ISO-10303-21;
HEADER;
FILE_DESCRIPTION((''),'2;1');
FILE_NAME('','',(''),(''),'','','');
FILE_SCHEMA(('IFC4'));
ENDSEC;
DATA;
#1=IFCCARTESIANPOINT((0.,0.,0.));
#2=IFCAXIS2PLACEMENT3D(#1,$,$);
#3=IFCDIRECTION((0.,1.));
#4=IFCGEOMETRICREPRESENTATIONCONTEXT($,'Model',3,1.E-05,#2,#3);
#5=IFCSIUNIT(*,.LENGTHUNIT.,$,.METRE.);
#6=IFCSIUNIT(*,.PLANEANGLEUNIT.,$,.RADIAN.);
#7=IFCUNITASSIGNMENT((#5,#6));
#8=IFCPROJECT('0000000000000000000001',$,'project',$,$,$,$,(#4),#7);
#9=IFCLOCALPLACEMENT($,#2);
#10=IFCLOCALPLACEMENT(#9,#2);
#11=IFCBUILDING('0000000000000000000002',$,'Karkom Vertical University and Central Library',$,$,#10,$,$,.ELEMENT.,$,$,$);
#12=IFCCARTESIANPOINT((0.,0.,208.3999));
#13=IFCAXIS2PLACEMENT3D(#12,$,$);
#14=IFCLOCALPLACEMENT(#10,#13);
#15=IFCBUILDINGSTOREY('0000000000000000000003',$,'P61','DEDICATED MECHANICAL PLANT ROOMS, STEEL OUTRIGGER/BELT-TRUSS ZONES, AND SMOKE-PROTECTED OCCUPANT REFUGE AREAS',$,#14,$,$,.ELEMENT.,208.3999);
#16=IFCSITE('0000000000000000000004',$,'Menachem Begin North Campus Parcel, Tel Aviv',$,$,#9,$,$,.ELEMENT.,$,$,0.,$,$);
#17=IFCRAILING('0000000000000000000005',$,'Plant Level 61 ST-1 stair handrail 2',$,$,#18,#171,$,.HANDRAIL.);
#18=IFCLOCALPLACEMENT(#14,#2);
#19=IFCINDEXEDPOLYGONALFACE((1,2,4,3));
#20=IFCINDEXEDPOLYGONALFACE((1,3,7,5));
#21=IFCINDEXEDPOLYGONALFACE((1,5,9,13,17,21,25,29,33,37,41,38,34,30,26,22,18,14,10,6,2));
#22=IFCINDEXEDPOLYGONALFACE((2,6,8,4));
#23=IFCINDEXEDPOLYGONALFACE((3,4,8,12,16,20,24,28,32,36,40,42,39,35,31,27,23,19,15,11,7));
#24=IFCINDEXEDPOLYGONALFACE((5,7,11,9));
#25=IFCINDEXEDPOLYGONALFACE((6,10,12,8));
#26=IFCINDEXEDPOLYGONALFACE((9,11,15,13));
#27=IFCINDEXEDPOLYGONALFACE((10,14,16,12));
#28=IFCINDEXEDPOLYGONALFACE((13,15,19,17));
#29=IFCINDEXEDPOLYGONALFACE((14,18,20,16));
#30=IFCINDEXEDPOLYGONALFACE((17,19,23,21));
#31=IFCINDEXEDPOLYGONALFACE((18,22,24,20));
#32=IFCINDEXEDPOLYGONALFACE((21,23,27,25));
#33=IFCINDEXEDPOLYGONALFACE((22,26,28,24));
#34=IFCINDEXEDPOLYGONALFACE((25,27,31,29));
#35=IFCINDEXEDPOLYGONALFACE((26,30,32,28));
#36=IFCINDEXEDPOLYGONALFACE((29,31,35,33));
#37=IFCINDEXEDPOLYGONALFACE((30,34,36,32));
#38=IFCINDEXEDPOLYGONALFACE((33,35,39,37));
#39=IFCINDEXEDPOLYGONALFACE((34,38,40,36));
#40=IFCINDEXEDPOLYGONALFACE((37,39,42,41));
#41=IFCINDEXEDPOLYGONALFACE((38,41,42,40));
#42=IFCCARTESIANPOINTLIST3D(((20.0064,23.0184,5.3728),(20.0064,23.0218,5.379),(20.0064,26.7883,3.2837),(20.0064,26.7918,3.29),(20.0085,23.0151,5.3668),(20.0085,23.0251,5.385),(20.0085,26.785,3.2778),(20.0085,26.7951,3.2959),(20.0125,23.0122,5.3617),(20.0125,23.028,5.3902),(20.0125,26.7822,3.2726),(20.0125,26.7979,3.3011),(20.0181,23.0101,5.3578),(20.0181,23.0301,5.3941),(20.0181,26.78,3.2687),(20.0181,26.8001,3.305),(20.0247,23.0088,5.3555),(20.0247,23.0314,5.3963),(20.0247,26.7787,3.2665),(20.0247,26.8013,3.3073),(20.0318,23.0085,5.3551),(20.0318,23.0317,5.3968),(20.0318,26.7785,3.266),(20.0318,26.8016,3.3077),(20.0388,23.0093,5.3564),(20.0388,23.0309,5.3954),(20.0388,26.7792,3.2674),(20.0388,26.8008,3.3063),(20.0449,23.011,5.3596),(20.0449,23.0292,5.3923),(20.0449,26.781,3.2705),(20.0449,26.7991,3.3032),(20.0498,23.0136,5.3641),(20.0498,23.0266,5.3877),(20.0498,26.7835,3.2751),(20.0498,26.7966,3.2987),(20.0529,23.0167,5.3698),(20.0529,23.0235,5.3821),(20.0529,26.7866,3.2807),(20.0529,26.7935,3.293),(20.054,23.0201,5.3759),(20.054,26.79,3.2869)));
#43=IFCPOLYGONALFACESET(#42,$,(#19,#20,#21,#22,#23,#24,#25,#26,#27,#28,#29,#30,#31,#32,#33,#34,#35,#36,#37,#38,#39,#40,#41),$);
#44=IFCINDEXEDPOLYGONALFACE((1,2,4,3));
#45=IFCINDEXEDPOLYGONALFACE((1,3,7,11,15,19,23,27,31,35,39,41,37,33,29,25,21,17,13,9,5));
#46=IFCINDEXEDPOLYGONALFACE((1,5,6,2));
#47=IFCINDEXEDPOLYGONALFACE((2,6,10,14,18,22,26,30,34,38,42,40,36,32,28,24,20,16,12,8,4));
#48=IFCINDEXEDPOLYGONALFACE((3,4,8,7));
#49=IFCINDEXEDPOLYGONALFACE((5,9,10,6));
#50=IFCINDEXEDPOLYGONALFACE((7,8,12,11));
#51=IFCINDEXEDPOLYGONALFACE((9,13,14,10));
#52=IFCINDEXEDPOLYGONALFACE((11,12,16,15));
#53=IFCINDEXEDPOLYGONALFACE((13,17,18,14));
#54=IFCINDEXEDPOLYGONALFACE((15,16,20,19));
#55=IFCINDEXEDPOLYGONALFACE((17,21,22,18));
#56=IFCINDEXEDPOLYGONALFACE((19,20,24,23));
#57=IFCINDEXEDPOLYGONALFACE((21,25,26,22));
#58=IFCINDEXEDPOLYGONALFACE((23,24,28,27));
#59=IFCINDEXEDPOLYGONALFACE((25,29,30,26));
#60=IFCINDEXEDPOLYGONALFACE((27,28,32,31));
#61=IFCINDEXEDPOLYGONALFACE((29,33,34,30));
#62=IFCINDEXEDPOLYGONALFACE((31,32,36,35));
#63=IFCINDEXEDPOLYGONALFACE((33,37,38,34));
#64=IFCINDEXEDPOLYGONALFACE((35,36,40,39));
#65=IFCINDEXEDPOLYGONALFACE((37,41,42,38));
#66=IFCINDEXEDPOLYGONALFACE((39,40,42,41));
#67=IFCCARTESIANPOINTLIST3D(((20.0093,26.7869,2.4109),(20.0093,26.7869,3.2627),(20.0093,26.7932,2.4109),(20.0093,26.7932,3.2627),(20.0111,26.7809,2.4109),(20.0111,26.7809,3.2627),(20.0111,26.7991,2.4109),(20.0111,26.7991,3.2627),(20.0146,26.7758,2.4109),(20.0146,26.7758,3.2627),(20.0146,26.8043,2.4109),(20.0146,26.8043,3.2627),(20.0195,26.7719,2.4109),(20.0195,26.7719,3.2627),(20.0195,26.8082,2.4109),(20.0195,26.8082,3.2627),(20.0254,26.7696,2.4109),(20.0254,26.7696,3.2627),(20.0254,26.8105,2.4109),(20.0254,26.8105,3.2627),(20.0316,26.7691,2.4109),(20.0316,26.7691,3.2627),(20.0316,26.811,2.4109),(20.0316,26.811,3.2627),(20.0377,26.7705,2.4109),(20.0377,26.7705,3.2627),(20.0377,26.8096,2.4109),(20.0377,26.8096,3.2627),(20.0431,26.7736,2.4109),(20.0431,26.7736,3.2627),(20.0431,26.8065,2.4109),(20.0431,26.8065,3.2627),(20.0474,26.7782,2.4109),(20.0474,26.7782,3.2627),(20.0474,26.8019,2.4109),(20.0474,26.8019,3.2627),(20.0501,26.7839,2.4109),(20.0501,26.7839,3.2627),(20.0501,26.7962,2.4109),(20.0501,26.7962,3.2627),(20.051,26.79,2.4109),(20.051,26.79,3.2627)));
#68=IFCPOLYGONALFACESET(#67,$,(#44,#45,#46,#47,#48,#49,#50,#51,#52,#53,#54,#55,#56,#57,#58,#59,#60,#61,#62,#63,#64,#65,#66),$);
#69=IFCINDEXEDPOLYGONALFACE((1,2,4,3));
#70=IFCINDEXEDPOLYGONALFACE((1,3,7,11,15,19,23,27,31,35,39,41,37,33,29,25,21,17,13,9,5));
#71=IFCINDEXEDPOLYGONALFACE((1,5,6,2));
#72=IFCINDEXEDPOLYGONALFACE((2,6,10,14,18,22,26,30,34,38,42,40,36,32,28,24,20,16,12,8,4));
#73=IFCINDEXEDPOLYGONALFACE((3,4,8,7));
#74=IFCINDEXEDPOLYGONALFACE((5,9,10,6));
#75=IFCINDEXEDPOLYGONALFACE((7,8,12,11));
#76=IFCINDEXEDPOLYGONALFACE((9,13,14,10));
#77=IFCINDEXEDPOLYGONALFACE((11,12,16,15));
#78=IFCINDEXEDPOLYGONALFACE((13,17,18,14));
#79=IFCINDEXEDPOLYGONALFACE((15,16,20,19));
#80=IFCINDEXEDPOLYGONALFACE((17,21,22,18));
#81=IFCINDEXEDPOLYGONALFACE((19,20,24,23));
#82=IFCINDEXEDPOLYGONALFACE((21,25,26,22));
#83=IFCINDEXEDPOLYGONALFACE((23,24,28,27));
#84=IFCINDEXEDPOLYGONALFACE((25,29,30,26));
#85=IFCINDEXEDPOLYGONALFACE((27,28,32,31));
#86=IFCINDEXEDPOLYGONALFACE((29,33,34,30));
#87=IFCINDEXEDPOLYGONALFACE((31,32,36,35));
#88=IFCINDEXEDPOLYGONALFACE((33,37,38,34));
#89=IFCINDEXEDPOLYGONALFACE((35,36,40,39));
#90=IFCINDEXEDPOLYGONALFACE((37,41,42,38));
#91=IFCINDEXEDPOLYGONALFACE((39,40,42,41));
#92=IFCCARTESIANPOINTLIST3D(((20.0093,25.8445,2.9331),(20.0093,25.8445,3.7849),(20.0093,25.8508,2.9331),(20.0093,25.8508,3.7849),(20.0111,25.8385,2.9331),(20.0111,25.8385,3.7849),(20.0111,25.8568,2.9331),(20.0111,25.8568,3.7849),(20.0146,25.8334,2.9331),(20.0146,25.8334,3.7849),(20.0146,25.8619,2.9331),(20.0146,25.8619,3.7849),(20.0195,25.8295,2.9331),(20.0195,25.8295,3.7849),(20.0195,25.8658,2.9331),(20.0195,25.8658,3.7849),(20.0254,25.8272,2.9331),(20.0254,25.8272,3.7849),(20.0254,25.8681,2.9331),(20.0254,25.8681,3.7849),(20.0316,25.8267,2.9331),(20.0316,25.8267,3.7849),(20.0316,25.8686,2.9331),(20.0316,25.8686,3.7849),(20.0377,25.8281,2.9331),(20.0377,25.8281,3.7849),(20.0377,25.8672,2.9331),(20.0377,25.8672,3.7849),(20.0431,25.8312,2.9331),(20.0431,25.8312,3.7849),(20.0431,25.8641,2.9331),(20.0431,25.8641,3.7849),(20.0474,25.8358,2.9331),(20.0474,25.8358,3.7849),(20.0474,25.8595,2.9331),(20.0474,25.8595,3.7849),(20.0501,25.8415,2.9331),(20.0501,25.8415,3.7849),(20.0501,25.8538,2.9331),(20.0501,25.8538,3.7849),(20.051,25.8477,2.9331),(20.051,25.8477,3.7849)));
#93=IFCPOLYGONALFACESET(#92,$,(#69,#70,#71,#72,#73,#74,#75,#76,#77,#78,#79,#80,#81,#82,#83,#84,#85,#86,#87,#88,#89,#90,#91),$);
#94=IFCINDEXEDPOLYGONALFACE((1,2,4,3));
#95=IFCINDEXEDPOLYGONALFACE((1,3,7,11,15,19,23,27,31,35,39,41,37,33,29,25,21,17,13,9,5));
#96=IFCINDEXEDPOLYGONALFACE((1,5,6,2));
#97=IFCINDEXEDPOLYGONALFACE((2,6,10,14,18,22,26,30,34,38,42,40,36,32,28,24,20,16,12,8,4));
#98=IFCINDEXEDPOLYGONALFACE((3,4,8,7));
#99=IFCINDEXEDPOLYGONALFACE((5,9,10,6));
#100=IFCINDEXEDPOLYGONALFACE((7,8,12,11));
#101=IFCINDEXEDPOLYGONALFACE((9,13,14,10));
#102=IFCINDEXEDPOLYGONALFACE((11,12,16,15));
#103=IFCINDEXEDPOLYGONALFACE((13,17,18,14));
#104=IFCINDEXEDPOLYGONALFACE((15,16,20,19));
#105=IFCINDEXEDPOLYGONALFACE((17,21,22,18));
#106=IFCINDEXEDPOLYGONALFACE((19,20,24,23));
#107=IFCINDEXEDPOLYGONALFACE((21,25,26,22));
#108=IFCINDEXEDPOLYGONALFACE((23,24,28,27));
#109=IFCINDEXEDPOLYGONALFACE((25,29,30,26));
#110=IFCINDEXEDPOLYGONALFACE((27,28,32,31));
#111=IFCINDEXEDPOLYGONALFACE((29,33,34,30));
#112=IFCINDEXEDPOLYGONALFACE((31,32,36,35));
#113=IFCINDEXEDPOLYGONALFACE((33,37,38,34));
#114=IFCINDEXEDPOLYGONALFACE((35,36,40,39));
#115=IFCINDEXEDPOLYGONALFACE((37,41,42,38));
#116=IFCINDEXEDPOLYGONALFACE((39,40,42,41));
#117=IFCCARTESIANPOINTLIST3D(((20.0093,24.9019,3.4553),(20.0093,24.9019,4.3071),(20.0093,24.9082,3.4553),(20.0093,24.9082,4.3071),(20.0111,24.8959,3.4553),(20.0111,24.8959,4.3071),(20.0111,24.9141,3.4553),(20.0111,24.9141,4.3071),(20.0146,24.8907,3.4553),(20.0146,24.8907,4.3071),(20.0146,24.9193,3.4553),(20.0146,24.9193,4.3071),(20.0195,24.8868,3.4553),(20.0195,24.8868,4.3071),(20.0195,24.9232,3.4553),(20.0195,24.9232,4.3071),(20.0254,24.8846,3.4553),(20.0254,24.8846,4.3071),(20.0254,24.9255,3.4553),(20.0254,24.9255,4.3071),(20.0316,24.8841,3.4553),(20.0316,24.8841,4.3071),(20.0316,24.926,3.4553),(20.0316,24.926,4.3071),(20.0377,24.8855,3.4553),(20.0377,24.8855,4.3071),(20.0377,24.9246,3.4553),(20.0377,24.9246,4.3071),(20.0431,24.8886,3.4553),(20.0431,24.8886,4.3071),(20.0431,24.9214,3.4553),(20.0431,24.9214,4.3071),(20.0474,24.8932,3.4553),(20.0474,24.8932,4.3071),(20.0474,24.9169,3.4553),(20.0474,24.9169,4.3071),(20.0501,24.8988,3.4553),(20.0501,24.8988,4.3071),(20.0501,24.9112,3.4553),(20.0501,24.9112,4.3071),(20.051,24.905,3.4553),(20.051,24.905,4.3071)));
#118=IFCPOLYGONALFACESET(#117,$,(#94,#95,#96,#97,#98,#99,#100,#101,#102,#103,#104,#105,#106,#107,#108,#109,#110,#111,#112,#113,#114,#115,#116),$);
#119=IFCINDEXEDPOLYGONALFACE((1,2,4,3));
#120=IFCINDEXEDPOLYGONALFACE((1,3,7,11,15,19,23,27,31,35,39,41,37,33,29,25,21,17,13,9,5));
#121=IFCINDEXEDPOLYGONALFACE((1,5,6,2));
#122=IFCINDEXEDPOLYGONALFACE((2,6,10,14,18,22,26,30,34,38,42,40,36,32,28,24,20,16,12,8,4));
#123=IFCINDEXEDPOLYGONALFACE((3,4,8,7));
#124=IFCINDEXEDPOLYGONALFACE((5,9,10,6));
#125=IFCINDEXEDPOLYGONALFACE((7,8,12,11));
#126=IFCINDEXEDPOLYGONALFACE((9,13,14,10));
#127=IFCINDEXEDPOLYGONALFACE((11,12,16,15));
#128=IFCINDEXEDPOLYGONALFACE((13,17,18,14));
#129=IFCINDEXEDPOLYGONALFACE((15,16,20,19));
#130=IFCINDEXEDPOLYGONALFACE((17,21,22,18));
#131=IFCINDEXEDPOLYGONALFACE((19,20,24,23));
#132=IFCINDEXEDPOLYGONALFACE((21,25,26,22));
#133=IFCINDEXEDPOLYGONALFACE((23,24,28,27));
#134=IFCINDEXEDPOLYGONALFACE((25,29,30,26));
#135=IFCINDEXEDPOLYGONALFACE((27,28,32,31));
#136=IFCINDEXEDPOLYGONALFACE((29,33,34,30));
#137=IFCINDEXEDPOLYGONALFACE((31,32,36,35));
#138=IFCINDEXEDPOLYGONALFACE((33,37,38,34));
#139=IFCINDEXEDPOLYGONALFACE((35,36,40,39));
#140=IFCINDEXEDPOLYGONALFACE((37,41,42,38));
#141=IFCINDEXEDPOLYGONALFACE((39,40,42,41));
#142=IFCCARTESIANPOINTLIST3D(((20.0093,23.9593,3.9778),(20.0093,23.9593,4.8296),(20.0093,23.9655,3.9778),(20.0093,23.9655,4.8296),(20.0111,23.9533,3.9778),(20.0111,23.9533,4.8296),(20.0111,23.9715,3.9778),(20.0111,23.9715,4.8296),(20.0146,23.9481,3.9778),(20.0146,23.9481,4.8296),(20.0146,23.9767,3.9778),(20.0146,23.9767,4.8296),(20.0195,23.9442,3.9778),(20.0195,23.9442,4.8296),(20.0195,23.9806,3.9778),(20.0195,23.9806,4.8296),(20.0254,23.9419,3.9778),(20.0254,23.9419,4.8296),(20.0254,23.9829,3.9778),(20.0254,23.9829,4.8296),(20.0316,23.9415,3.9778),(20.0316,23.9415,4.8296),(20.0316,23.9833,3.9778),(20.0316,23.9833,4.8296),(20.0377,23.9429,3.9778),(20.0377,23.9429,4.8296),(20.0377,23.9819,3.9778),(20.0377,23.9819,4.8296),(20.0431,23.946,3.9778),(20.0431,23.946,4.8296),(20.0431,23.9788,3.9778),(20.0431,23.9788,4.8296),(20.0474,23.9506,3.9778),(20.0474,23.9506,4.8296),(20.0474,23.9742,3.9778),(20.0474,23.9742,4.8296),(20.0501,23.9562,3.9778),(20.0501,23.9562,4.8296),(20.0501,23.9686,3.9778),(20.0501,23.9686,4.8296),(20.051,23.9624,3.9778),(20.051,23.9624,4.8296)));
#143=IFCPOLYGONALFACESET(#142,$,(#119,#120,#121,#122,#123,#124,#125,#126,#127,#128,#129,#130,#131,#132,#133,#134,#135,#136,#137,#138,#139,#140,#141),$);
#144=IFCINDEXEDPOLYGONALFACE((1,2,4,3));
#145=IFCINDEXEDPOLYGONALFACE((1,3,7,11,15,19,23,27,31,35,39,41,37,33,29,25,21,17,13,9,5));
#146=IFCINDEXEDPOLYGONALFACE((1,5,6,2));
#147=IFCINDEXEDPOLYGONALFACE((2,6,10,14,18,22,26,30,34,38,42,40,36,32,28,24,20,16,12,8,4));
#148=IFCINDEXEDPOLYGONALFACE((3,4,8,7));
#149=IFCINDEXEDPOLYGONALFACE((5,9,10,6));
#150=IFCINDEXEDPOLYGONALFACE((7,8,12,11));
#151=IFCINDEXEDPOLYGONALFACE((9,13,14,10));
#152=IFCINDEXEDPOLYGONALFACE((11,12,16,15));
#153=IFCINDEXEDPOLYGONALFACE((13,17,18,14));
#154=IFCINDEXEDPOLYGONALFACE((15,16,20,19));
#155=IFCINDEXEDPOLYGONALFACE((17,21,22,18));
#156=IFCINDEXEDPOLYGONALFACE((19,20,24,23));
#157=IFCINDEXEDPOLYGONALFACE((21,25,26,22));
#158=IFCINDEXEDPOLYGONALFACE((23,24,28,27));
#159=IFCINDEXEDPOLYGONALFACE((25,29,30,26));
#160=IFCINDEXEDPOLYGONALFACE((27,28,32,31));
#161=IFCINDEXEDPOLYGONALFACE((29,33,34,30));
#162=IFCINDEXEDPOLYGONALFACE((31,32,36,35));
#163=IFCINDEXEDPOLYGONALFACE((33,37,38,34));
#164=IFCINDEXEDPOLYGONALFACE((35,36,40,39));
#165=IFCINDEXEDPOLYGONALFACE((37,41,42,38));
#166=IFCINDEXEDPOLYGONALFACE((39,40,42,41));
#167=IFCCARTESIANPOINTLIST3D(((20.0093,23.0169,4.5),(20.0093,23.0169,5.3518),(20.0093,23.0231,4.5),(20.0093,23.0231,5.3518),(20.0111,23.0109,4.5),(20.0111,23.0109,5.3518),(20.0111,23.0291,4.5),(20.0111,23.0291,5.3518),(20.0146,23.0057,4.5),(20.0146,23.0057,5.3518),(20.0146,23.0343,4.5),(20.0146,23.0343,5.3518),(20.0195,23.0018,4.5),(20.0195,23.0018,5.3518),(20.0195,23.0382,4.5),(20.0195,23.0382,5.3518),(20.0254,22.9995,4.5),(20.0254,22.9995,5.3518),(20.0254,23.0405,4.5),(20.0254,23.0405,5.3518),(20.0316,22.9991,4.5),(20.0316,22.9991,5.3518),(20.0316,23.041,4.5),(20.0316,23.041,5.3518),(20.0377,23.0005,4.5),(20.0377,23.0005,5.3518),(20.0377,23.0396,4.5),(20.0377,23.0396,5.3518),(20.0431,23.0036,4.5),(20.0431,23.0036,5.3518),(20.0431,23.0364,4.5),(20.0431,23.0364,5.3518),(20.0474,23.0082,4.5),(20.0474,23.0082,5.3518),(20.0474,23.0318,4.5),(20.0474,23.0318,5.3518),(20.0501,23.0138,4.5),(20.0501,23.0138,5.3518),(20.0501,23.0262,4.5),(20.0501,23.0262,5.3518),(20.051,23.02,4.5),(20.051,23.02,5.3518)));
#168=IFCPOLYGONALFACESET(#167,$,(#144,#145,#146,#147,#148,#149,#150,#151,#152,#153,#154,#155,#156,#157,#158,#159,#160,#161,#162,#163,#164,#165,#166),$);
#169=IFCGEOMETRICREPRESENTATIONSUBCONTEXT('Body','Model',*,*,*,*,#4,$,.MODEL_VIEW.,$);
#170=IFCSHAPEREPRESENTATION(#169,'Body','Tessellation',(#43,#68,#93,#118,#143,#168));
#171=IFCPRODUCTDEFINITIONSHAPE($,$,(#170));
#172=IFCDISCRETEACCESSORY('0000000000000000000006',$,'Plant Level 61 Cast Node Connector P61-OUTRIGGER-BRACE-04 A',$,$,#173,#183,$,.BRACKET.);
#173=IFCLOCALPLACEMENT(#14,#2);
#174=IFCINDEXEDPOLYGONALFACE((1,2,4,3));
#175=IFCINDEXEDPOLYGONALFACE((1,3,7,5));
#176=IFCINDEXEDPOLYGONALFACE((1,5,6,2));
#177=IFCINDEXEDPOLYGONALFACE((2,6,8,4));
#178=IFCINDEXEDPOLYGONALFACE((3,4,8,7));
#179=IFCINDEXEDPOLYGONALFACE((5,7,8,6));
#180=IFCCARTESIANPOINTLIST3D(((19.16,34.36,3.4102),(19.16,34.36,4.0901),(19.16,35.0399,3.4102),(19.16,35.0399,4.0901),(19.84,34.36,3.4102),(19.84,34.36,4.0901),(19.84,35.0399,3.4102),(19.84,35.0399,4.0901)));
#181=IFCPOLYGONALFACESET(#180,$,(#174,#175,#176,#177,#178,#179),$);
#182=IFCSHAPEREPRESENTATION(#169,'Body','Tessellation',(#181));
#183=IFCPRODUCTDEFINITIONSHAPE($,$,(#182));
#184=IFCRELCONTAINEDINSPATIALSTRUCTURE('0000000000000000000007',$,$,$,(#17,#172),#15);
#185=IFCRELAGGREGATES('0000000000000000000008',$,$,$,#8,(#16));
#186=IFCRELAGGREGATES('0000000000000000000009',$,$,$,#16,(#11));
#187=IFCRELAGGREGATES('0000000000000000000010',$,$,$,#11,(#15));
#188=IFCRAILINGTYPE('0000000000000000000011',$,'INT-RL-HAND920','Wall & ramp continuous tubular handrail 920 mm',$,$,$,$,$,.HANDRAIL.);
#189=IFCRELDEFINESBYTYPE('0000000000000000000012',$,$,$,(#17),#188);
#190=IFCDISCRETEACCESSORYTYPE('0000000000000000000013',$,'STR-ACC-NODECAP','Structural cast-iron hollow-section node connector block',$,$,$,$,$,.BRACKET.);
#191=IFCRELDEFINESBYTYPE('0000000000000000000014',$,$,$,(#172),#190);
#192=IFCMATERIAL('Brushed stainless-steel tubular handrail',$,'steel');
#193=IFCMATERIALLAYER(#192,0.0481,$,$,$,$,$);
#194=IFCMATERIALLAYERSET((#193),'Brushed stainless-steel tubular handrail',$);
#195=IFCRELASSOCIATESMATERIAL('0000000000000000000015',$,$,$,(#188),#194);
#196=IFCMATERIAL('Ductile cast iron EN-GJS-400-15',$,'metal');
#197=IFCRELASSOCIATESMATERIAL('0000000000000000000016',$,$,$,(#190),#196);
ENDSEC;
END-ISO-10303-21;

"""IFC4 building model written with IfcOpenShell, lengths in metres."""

from ifc_helpers import new_model, si_unit, direction, frame, origin, origin_with_axes, origin_2d, place, context, subcontext, project, spatial, rectangle, circle, extrude, source, transform, mapped, material, layer, layer_set, type_object, element, save


model = new_model("IFC4")

# Units and contexts
model_context = context("Model", 3, precision=1e-05, world=origin(), true_north=direction((0.0, 1.0)))
body_context = subcontext(model_context, "Body", "Model", "MODEL_VIEW")
ifc_project = project(units=[si_unit("LENGTHUNIT", "METRE"), si_unit("PLANEANGLEUNIT", "RADIAN")], contexts=[model_context])

# Site, building, storey
site_placement = place(None, origin())
site = spatial("IfcSite", under=ifc_project, at=site_placement, Name="Menachem Begin North Campus Parcel, Tel Aviv", CompositionType="ELEMENT", RefElevation=0.0)
building_placement = place(site_placement, origin())
building = spatial("IfcBuilding", under=site, at=building_placement, Name="Karkom Vertical University and Central Library", CompositionType="ELEMENT")
storey_placement = place(building_placement, frame((0.0, 0.0, 208.3999)))
storey = spatial("IfcBuildingStorey", under=building, at=storey_placement, Name="P61", Description="DEDICATED MECHANICAL PLANT ROOMS, STEEL OUTRIGGER/BELT-TRUSS ZONES, AND SMOKE-PROTECTED OCCUPANT REFUGE AREAS", CompositionType="ELEMENT", Elevation=208.3999)

# Railing
ifc_material_1 = material(Name="Brushed stainless-steel tubular handrail", Category="steel")
ifc_layer_1 = layer(ifc_material_1, 0.0481)
ifc_layer_set_1 = layer_set([ifc_layer_1], Name="Brushed stainless-steel tubular handrail")
railing_type_1 = type_object("IfcRailingType", Name="INT-RL-HAND920", Description="Wall & ramp continuous tubular handrail 920 mm", PredefinedType="HANDRAIL", material=ifc_layer_set_1)
railing_1_placement = place(storey_placement, frame((20.03, 26.79, 2.4109)))
element("IfcRailing", 1, at=railing_1_placement, inside=storey, type_object=railing_type_1, Name="Plant Level 61 ST-1 stair handrail 2", PredefinedType="HANDRAIL", context=body_context, shape_type="SweptSolid", body=[
    extrude(circle(Radius=0.0239, at=origin_2d()), frame((0.0, 0.0, 0.876), z_axis=(0.0, -0.874683, 0.484695), x_axis=(1.0, 0.0, 0.0)), (0.0, 0.0, 1.0), 4.3101),
    extrude(circle(Radius=0.021, at=origin_2d()), origin(), (0.0, 0.0, 1.0), 0.8518),
    extrude(circle(Radius=0.021, at=origin_2d()), frame((0.0, -0.9424, 0.5222)), (0.0, 0.0, 1.0), 0.8518),
    extrude(circle(Radius=0.021, at=origin_2d()), frame((0.0, -1.885, 1.0444)), (0.0, 0.0, 1.0), 0.8518),
    extrude(circle(Radius=0.021, at=origin_2d()), frame((0.0, -2.8276, 1.5669)), (0.0, 0.0, 1.0), 0.8518),
    extrude(circle(Radius=0.021, at=origin_2d()), frame((0.0, -3.77, 2.0891)), (0.0, 0.0, 1.0), 0.8518),
])

# Discrete accessory
ifc_material_2 = material(Name="Ductile cast iron EN-GJS-400-15", Category="metal")
discrete_accessory_type = type_object("IfcDiscreteAccessoryType", Name="STR-ACC-NODECAP", Description="Structural cast-iron hollow-section node connector block", PredefinedType="BRACKET", material=ifc_material_2)
shared_shape_1 = source(origin_with_axes(), body_context, "Body", "SweptSolid", [
    extrude(rectangle(XDim=0.6799, YDim=0.6799, at=origin_2d()), origin(), (0.0, 0.0, 1.0), 0.6799),
])
discrete_accessory_placement = place(storey_placement, frame((19.5, 34.7, 3.4102), z_axis=(0.0, 0.0, 1.0), x_axis=(1.0, 0.0, 0.0)))
element("IfcDiscreteAccessory", 2, at=discrete_accessory_placement, inside=storey, type_object=discrete_accessory_type, Name="Plant Level 61 Cast Node Connector P61-OUTRIGGER-BRACE-04 A", PredefinedType="BRACKET", context=body_context, shape_type="MappedRepresentation", body=[
    mapped(shared_shape_1, transform((0.0, 0.0, 0.0), scale=1.0)),
])

save(model, "model.ifc")
